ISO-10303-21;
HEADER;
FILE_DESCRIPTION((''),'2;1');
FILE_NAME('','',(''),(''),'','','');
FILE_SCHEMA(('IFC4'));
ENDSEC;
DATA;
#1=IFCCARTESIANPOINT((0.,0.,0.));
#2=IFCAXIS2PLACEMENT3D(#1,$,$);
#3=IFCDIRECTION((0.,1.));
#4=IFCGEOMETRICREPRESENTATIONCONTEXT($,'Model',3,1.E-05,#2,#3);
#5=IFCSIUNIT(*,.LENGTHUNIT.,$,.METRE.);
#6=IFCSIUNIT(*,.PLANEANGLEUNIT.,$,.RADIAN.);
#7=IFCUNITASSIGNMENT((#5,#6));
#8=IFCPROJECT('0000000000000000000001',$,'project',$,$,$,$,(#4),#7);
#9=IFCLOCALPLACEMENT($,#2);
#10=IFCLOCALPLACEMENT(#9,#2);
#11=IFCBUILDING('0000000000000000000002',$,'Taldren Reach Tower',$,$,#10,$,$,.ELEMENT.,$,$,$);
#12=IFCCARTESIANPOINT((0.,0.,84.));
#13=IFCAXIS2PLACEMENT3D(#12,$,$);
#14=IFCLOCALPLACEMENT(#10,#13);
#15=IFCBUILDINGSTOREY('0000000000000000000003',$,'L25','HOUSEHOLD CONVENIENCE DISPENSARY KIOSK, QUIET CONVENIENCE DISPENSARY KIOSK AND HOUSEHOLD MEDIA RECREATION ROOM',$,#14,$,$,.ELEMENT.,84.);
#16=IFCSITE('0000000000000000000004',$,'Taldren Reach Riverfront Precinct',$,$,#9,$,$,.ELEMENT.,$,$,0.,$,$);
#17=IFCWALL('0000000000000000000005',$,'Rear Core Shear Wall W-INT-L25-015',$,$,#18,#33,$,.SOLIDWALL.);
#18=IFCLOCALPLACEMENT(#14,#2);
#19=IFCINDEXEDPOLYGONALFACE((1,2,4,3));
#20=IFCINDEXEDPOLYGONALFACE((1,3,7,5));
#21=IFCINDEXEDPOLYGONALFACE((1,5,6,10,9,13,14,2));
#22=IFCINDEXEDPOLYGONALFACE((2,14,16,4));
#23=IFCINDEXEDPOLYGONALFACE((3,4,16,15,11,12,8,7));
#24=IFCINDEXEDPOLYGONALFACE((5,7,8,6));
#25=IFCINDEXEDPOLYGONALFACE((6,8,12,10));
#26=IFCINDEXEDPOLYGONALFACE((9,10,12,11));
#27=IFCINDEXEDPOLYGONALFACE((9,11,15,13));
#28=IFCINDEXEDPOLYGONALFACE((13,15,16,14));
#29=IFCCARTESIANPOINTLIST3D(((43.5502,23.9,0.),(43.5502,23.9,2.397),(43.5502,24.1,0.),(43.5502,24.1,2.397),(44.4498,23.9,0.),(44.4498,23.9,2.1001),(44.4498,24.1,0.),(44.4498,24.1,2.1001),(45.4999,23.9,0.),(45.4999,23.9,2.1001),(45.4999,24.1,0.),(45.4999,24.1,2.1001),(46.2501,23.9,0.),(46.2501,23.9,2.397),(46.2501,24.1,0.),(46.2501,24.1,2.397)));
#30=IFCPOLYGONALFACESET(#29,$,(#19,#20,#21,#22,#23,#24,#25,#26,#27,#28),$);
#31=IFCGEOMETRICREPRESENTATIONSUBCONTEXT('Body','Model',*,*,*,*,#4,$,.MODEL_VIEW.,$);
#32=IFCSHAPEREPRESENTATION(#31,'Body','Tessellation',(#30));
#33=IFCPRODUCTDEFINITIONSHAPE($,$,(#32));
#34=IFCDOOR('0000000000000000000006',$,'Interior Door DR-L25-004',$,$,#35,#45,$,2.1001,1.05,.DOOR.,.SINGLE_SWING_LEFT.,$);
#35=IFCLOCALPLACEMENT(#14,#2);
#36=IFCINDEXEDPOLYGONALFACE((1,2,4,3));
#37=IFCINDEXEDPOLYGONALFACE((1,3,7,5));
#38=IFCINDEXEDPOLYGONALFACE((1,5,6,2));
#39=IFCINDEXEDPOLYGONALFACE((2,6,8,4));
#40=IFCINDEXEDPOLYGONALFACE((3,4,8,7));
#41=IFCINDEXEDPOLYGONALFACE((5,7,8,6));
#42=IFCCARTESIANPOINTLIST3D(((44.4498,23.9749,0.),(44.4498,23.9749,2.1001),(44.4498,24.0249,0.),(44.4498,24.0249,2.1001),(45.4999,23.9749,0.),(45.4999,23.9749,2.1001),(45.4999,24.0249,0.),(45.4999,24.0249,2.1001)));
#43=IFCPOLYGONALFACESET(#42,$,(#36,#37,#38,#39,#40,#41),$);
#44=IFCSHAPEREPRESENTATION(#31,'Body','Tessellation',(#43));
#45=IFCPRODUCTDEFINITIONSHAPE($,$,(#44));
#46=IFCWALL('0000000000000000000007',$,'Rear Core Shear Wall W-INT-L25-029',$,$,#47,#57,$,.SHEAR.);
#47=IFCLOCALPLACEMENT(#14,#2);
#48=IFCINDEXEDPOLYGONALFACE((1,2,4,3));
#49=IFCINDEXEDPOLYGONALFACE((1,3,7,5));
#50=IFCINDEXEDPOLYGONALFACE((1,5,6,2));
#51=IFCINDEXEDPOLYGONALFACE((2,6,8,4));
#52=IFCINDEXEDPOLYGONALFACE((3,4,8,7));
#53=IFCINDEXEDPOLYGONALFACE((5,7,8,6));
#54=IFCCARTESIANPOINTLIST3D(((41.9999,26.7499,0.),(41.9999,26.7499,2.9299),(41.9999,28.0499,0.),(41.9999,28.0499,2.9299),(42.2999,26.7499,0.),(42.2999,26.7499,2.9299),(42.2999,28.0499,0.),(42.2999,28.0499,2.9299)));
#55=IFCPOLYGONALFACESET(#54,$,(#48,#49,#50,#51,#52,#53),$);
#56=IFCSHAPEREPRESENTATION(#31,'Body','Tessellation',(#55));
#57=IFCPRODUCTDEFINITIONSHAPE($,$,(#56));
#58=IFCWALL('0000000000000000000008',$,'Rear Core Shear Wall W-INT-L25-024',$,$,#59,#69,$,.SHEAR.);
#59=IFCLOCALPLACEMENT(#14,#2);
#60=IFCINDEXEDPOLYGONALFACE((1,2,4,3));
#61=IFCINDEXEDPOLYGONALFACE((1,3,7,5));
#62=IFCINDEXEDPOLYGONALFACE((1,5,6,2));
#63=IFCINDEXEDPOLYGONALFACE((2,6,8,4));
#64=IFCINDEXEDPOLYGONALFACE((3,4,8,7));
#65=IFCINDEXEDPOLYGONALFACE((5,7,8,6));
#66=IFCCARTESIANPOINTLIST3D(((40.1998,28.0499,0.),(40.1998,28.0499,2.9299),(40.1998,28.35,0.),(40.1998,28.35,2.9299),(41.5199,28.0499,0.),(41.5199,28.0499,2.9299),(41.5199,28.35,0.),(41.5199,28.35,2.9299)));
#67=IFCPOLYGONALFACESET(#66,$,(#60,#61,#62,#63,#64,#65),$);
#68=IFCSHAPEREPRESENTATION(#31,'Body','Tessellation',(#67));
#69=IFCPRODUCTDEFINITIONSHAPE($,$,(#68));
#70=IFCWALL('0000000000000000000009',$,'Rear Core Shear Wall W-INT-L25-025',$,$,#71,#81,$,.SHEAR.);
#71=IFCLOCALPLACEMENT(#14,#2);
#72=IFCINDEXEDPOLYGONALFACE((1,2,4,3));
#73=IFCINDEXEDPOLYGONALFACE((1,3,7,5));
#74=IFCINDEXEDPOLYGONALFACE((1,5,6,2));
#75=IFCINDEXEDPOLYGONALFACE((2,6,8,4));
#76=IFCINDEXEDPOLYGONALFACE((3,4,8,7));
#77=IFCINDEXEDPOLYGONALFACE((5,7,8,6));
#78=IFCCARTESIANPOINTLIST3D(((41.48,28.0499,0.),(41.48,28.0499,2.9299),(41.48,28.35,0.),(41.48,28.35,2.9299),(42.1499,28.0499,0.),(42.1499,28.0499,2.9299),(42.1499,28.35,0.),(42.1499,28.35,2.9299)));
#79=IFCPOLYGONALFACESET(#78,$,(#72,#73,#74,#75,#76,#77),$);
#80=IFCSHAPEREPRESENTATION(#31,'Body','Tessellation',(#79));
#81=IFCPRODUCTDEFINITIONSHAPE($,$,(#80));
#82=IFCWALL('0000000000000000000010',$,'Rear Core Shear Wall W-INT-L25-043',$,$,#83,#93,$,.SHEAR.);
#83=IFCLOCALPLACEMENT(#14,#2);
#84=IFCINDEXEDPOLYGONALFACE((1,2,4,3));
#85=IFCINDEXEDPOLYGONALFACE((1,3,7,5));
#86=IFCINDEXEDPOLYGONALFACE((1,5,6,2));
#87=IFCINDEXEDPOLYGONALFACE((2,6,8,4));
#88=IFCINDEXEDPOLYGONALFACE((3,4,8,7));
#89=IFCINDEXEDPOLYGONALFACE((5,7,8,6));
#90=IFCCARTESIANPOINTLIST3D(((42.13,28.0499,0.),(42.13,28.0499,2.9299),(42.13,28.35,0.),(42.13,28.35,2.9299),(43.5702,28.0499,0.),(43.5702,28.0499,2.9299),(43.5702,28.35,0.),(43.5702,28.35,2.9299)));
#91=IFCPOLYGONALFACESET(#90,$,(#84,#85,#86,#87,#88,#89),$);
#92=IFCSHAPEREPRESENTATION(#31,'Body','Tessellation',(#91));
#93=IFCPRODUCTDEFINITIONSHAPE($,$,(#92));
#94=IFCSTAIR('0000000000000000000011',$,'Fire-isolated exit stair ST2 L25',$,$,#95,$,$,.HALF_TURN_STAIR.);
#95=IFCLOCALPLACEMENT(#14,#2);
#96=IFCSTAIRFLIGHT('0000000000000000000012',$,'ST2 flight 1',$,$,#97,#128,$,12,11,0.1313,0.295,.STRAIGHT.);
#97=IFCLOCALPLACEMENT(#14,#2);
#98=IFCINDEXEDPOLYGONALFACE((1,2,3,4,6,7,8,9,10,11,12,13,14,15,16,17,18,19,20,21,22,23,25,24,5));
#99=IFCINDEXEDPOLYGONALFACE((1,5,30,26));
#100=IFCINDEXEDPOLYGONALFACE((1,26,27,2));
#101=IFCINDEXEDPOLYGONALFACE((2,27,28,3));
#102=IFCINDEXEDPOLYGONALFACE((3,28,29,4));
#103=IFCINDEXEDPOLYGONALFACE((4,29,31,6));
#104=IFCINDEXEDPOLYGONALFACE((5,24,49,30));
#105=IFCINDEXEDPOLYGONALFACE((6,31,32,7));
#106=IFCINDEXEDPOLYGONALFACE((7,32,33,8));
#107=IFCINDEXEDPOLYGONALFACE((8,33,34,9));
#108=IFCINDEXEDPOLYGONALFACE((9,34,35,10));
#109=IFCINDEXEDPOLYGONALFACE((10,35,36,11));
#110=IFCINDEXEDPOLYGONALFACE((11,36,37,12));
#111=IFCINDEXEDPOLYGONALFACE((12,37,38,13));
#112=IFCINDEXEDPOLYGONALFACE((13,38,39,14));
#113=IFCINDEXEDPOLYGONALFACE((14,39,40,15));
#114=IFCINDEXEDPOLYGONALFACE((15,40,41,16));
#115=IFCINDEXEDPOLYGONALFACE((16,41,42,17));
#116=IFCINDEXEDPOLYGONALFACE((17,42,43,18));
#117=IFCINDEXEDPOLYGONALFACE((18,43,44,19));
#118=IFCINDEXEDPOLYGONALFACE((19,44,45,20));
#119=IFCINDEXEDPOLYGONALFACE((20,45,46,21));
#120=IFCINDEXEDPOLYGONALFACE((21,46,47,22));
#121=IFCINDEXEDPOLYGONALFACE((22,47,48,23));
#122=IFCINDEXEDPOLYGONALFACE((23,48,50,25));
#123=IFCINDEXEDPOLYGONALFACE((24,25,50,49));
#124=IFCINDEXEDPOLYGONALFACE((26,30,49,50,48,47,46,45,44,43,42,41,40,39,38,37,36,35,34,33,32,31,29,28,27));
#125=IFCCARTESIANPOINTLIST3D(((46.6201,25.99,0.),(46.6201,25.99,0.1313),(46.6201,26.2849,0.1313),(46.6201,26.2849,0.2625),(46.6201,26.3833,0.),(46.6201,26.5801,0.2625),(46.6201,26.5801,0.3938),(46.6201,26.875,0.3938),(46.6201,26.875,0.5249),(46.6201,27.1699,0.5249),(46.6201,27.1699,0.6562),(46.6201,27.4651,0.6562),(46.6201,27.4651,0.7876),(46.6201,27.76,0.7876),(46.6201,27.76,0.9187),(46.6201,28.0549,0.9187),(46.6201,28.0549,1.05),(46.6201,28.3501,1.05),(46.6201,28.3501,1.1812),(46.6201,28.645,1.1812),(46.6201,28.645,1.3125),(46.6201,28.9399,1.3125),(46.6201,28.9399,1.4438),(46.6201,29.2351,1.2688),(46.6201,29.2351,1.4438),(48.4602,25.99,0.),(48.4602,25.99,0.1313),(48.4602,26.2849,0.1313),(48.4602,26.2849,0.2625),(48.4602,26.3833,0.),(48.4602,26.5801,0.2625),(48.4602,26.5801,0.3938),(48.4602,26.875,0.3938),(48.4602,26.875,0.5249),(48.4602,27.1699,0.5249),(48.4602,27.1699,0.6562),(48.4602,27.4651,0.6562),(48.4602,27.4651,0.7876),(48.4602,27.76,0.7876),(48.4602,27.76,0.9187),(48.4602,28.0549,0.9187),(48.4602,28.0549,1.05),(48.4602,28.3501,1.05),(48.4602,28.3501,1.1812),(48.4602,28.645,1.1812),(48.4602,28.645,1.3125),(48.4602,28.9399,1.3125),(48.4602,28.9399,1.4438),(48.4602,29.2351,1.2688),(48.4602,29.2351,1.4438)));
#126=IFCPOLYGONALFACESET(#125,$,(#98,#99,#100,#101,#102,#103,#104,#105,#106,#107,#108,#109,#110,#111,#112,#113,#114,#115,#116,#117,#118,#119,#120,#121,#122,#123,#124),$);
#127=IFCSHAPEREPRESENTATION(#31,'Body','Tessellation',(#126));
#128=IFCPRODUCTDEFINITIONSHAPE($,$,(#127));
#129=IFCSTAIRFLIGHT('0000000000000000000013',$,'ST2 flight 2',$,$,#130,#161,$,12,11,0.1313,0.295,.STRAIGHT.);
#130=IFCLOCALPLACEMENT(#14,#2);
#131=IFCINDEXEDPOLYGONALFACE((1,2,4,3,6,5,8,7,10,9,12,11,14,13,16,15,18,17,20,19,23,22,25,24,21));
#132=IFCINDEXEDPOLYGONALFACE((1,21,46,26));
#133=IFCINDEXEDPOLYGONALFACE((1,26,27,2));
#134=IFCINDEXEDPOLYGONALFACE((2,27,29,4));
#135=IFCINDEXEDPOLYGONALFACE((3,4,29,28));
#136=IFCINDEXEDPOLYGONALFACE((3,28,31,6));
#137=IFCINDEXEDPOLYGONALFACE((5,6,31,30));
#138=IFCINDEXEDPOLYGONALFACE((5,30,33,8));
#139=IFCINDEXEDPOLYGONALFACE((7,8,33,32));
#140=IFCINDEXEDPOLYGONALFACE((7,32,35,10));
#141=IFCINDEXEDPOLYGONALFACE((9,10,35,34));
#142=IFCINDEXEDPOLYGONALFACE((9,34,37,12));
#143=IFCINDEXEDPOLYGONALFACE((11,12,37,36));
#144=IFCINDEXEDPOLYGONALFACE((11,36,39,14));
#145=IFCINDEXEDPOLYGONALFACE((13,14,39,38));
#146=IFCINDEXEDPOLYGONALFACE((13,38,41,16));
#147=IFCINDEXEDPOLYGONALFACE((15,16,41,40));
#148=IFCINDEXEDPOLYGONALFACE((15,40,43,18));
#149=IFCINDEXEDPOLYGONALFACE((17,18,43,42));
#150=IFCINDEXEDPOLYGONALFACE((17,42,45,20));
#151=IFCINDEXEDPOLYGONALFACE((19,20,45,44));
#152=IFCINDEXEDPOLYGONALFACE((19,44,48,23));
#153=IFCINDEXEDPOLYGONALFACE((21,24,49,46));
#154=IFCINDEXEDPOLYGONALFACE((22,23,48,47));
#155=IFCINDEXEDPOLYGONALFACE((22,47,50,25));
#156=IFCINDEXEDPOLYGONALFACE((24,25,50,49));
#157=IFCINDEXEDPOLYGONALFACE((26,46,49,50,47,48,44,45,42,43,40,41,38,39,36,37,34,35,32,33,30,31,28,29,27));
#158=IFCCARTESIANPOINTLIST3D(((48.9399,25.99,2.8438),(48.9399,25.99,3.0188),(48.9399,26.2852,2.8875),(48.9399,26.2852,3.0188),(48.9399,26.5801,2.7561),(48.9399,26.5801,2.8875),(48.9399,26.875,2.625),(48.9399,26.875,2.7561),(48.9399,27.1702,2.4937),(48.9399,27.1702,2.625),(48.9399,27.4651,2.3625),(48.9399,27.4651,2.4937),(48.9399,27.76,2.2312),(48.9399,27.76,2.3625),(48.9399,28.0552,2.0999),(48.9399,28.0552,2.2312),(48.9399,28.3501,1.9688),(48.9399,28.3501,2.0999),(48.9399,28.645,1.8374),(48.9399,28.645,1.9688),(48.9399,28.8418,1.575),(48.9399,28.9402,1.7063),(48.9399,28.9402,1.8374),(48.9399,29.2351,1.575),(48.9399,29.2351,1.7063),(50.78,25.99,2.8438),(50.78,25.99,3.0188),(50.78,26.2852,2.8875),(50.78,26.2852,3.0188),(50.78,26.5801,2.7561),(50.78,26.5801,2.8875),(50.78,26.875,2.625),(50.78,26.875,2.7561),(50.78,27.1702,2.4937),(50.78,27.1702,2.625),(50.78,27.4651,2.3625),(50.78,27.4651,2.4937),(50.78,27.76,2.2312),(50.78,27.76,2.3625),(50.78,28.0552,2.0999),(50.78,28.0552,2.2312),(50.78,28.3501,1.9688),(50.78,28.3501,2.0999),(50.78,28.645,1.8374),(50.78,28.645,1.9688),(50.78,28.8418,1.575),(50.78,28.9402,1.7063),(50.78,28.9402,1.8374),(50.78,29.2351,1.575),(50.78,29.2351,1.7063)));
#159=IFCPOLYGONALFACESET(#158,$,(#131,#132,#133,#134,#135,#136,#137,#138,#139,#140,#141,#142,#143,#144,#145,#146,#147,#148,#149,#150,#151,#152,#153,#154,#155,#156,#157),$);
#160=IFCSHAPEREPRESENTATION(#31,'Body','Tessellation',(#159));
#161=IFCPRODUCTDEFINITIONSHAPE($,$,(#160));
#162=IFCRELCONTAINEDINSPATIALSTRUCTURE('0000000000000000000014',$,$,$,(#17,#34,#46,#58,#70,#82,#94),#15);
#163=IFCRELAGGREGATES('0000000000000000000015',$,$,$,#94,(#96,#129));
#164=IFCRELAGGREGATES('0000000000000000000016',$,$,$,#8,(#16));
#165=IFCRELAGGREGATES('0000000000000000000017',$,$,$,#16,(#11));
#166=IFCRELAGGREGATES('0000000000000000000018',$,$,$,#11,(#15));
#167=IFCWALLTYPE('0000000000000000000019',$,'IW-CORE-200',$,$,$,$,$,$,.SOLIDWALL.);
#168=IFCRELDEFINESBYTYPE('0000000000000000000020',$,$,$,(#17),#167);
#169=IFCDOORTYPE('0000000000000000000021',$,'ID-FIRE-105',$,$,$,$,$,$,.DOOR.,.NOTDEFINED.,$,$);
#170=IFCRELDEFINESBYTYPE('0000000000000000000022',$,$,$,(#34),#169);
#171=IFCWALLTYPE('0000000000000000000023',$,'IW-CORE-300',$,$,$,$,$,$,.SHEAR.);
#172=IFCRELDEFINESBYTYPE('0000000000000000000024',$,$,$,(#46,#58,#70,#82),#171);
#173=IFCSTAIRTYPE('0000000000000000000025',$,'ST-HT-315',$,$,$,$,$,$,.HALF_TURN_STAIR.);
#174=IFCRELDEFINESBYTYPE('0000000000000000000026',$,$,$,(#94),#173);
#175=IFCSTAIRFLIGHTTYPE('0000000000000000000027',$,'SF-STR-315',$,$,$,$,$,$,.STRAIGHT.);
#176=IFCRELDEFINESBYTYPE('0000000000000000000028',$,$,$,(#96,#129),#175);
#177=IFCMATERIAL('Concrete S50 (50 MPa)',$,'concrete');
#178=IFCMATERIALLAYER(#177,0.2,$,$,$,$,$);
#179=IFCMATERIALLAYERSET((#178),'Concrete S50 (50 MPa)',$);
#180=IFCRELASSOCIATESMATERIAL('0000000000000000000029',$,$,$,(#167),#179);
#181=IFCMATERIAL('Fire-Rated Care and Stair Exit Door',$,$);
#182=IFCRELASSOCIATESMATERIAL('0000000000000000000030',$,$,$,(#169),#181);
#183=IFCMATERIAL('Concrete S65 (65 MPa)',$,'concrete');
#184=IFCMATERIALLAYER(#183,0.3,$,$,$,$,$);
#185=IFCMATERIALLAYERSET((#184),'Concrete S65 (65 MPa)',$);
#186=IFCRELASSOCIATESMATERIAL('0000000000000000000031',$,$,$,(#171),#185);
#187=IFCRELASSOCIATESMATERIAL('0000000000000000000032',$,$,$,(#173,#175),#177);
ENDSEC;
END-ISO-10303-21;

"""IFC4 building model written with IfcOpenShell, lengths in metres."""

from ifc_helpers import new_model, si_unit, direction, frame, frame_2d, origin, place, context, subcontext, project, spatial, polyline, rectangle, outline, extrude, source, transform, mapped, material, layer, layer_set, type_object, element, fill, aggregate, save


model = new_model("IFC4")

# Units and contexts
model_context = context("Model", 3, precision=1e-05, world=origin(), true_north=direction((0.0, 1.0)))
body_context = subcontext(model_context, "Body", "Model", "MODEL_VIEW")
ifc_project = project(units=[si_unit("LENGTHUNIT", "METRE"), si_unit("PLANEANGLEUNIT", "RADIAN")], contexts=[model_context])

# Site, building, storey
site_placement = place(None, origin())
site = spatial("IfcSite", under=ifc_project, at=site_placement, Name="Taldren Reach Riverfront Precinct", CompositionType="ELEMENT", RefElevation=0.0)
building_placement = place(site_placement, origin())
building = spatial("IfcBuilding", under=site, at=building_placement, Name="Taldren Reach Tower", CompositionType="ELEMENT")
storey_placement = place(building_placement, frame((0.0, 0.0, 84.0)))
storey = spatial("IfcBuildingStorey", under=building, at=storey_placement, Name="L25", Description="HOUSEHOLD CONVENIENCE DISPENSARY KIOSK, QUIET CONVENIENCE DISPENSARY KIOSK AND HOUSEHOLD MEDIA RECREATION ROOM", CompositionType="ELEMENT", Elevation=84.0)

# Shared definitions
ifc_material_1 = material(Name="Concrete S50 (50 MPa)", Category="concrete")
ifc_layer_1 = layer(ifc_material_1, 0.2)
ifc_layer_set_1 = layer_set([ifc_layer_1], Name="Concrete S50 (50 MPa)")
wall_type_1 = type_object("IfcWallType", Name="IW-CORE-200", PredefinedType="SOLIDWALL", material=ifc_layer_set_1)

# Shared definitions
shared_shape_1 = source(origin(), body_context, "Body", "SweptSolid", [
    extrude(rectangle(XDim=1.05, YDim=2.1001, at=frame_2d((0.5249, 1.05))), frame((0.0, 0.1099, 0.0), z_axis=(0.0, -1.0, 0.0), x_axis=(1.0, 0.0, 0.0)), (0.0, 0.0, 1.0), 0.22),
])
ifc_material_2 = material(Name="Fire-Rated Care and Stair Exit Door")
door_type_1 = type_object("IfcDoorType", Name="ID-FIRE-105", OperationType="NOTDEFINED", PredefinedType="DOOR", material=ifc_material_2)
shared_shape_2 = source(origin(), body_context, "Body", "SweptSolid", [
    extrude(rectangle(XDim=1.05, YDim=2.1001, at=frame_2d((0.5249, 1.05))), frame((0.0, 0.0249, 0.0), z_axis=(0.0, -1.0, 0.0), x_axis=(1.0, 0.0, 0.0)), (0.0, 0.0, 1.0), 0.05),
])
ifc_material_3 = material(Name="Concrete S65 (65 MPa)", Category="concrete")
ifc_layer_2 = layer(ifc_material_3, 0.3)
ifc_layer_set_2 = layer_set([ifc_layer_2], Name="Concrete S65 (65 MPa)")
wall_type_2 = type_object("IfcWallType", Name="IW-CORE-300", PredefinedType="SHEAR", material=ifc_layer_set_2)

# Wall, opening, door
shared_shape_3 = source(origin(), body_context, "Body", "SweptSolid", [
    extrude(rectangle(XDim=2.7, YDim=0.2, at=frame_2d((1.3501, 0.0))), origin(), (0.0, 0.0, 1.0), 2.397),
])
wall_1_placement = place(storey_placement, frame((43.55, 24.0, 0.0), z_axis=(0.0, 0.0, 1.0), x_axis=(1.0, 0.0, 0.0)))
wall_1 = element("IfcWall", 1, at=wall_1_placement, inside=storey, type_object=wall_type_1, Name="Rear Core Shear Wall W-INT-L25-015", PredefinedType="SOLIDWALL", context=body_context, shape_type="MappedRepresentation", body=[
    mapped(shared_shape_3, transform((0.0, 0.0, 0.0), scale=1.0)),
])
opening_1_placement = place(wall_1_placement, frame((0.8999, 0.0, 0.0)))
opening_1 = element("IfcOpeningElement", 2, at=opening_1_placement, cuts=wall_1, PredefinedType="OPENING", context=body_context, shape_type="MappedRepresentation", body=[
    mapped(shared_shape_1, transform((0.0, 0.0, 0.0), scale=1.0)),
])
door_1_placement = place(opening_1_placement, origin())
door_1 = element("IfcDoor", 3, at=door_1_placement, inside=storey, type_object=door_type_1, Name="Interior Door DR-L25-004", OperationType="SINGLE_SWING_LEFT", OverallHeight=2.1001, OverallWidth=1.05, PredefinedType="DOOR", context=body_context, shape_type="MappedRepresentation", body=[
    mapped(shared_shape_2, transform((0.0, 0.0, 0.0), scale=1.0)),
])
fill(opening_1, door_1)

# Walls
shared_shape_4 = source(origin(), body_context, "Body", "SweptSolid", [
    extrude(rectangle(XDim=1.3, YDim=0.3, at=frame_2d((0.6499, 0.0))), origin(), (0.0, 0.0, 1.0), 2.9299),
])
wall_2_placement = place(storey_placement, frame((42.1499, 26.75, 0.0), z_axis=(0.0, 0.0, 1.0), x_axis=(0.0, 1.0, 0.0)))
element("IfcWall", 4, at=wall_2_placement, inside=storey, type_object=wall_type_2, Name="Rear Core Shear Wall W-INT-L25-029", PredefinedType="SHEAR", context=body_context, shape_type="MappedRepresentation", body=[
    mapped(shared_shape_4, transform((0.0, 0.0, 0.0), scale=1.0)),
])
shared_shape_5 = source(origin(), body_context, "Body", "SweptSolid", [
    extrude(rectangle(XDim=1.3201, YDim=0.3, at=frame_2d((0.6602, 0.0))), origin(), (0.0, 0.0, 1.0), 2.9299),
])
wall_3_placement = place(storey_placement, frame((41.52, 28.2, 0.0), z_axis=(0.0, 0.0, 1.0), x_axis=(-1.0, 0.0, 0.0)))
element("IfcWall", 5, at=wall_3_placement, inside=storey, type_object=wall_type_2, Name="Rear Core Shear Wall W-INT-L25-024", PredefinedType="SHEAR", context=body_context, shape_type="MappedRepresentation", body=[
    mapped(shared_shape_5, transform((0.0, 0.0, 0.0), scale=1.0)),
])
shared_shape_6 = source(origin(), body_context, "Body", "SweptSolid", [
    extrude(rectangle(XDim=0.6699, YDim=0.3, at=frame_2d((0.335, 0.0))), origin(), (0.0, 0.0, 1.0), 2.9299),
])
wall_4_placement = place(storey_placement, frame((42.1499, 28.2, 0.0), z_axis=(0.0, 0.0, 1.0), x_axis=(-1.0, 0.0, 0.0)))
element("IfcWall", 6, at=wall_4_placement, inside=storey, type_object=wall_type_2, Name="Rear Core Shear Wall W-INT-L25-025", PredefinedType="SHEAR", context=body_context, shape_type="MappedRepresentation", body=[
    mapped(shared_shape_6, transform((0.0, 0.0, 0.0), scale=1.0)),
])
shared_shape_7 = source(origin(), body_context, "Body", "SweptSolid", [
    extrude(rectangle(XDim=1.4402, YDim=0.3, at=frame_2d((0.7202, 0.0))), origin(), (0.0, 0.0, 1.0), 2.9299),
])
wall_5_placement = place(storey_placement, frame((42.1299, 28.2, 0.0), z_axis=(0.0, 0.0, 1.0), x_axis=(1.0, 0.0, 0.0)))
element("IfcWall", 7, at=wall_5_placement, inside=storey, type_object=wall_type_2, Name="Rear Core Shear Wall W-INT-L25-043", PredefinedType="SHEAR", context=body_context, shape_type="MappedRepresentation", body=[
    mapped(shared_shape_7, transform((0.0, 0.0, 0.0), scale=1.0)),
])

# Stair, stair flights
stair_type = type_object("IfcStairType", Name="ST-HT-315", PredefinedType="HALF_TURN_STAIR", material=ifc_material_1)
stair_placement = place(storey_placement, origin())
stair = element("IfcStair", 8, at=stair_placement, inside=storey, type_object=stair_type, Name="Fire-isolated exit stair ST2 L25", PredefinedType="HALF_TURN_STAIR")
stair_flight_type = type_object("IfcStairFlightType", Name="SF-STR-315", PredefinedType="STRAIGHT", material=ifc_material_1)
stair_flight_1_placement = place(storey_placement, frame((47.54, 25.99, 0.0), z_axis=(0.0, 0.0, 1.0), x_axis=(0.0, 1.0, 0.0)))
stair_flight_1 = element("IfcStairFlight", 9, at=stair_flight_1_placement, type_object=stair_flight_type, Name="ST2 flight 1", NumberOfRisers=12, NumberOfTreads=11, PredefinedType="STRAIGHT", RiserHeight=0.1313, TreadLength=0.295, context=body_context, shape_type="SweptSolid", body=[
    extrude(outline(polyline([(0.0, 0.0), (0.0, 0.1313), (0.2949, 0.1313), (0.2949, 0.2625), (0.5901, 0.2625), (0.5901, 0.3938), (0.885, 0.3938), (0.885, 0.5249), (1.1799, 0.5249), (1.1799, 0.6562), (1.4751, 0.6562), (1.4751, 0.7876), (1.77, 0.7876), (1.77, 0.9187), (2.0649, 0.9187), (2.0649, 1.05), (2.3601, 1.05), (2.3601, 1.1812), (2.655, 1.1812), (2.655, 1.3125), (2.95, 1.3125), (2.95, 1.4438), (3.2451, 1.4438), (3.2451, 1.575), (3.2451, 1.2688), (0.3933, 0.0), (0.0, 0.0)])), frame((0.0, 0.9199, 0.0), z_axis=(0.0, -1.0, 0.0), x_axis=(1.0, 0.0, 0.0)), (0.0, 0.0, 1.0), 1.8401),
])
stair_flight_2_placement = place(storey_placement, frame((49.8601, 29.2351, 1.575), z_axis=(0.0, 0.0, 1.0), x_axis=(0.0, -1.0, 0.0)))
stair_flight_2 = element("IfcStairFlight", 10, at=stair_flight_2_placement, type_object=stair_flight_type, Name="ST2 flight 2", NumberOfRisers=12, NumberOfTreads=11, PredefinedType="STRAIGHT", RiserHeight=0.1313, TreadLength=0.295, context=body_context, shape_type="SweptSolid", body=[
    extrude(outline(polyline([(0.0, 0.0), (0.0, 0.1313), (0.2949, 0.1313), (0.2949, 0.2625), (0.5901, 0.2625), (0.5901, 0.3938), (0.885, 0.3938), (0.885, 0.5249), (1.1799, 0.5249), (1.1799, 0.6562), (1.4751, 0.6562), (1.4751, 0.7876), (1.77, 0.7876), (1.77, 0.9187), (2.0649, 0.9187), (2.0649, 1.05), (2.3601, 1.05), (2.3601, 1.1812), (2.655, 1.1812), (2.655, 1.3125), (2.95, 1.3125), (2.95, 1.4438), (3.2451, 1.4438), (3.2451, 1.575), (3.2451, 1.2688), (0.3933, 0.0), (0.0, 0.0)])), frame((0.0, 0.9199, 0.0), z_axis=(0.0, -1.0, 0.0), x_axis=(1.0, 0.0, 0.0)), (0.0, 0.0, 1.0), 1.8401),
])
aggregate(stair, [stair_flight_1, stair_flight_2])

save(model, "model.ifc")
